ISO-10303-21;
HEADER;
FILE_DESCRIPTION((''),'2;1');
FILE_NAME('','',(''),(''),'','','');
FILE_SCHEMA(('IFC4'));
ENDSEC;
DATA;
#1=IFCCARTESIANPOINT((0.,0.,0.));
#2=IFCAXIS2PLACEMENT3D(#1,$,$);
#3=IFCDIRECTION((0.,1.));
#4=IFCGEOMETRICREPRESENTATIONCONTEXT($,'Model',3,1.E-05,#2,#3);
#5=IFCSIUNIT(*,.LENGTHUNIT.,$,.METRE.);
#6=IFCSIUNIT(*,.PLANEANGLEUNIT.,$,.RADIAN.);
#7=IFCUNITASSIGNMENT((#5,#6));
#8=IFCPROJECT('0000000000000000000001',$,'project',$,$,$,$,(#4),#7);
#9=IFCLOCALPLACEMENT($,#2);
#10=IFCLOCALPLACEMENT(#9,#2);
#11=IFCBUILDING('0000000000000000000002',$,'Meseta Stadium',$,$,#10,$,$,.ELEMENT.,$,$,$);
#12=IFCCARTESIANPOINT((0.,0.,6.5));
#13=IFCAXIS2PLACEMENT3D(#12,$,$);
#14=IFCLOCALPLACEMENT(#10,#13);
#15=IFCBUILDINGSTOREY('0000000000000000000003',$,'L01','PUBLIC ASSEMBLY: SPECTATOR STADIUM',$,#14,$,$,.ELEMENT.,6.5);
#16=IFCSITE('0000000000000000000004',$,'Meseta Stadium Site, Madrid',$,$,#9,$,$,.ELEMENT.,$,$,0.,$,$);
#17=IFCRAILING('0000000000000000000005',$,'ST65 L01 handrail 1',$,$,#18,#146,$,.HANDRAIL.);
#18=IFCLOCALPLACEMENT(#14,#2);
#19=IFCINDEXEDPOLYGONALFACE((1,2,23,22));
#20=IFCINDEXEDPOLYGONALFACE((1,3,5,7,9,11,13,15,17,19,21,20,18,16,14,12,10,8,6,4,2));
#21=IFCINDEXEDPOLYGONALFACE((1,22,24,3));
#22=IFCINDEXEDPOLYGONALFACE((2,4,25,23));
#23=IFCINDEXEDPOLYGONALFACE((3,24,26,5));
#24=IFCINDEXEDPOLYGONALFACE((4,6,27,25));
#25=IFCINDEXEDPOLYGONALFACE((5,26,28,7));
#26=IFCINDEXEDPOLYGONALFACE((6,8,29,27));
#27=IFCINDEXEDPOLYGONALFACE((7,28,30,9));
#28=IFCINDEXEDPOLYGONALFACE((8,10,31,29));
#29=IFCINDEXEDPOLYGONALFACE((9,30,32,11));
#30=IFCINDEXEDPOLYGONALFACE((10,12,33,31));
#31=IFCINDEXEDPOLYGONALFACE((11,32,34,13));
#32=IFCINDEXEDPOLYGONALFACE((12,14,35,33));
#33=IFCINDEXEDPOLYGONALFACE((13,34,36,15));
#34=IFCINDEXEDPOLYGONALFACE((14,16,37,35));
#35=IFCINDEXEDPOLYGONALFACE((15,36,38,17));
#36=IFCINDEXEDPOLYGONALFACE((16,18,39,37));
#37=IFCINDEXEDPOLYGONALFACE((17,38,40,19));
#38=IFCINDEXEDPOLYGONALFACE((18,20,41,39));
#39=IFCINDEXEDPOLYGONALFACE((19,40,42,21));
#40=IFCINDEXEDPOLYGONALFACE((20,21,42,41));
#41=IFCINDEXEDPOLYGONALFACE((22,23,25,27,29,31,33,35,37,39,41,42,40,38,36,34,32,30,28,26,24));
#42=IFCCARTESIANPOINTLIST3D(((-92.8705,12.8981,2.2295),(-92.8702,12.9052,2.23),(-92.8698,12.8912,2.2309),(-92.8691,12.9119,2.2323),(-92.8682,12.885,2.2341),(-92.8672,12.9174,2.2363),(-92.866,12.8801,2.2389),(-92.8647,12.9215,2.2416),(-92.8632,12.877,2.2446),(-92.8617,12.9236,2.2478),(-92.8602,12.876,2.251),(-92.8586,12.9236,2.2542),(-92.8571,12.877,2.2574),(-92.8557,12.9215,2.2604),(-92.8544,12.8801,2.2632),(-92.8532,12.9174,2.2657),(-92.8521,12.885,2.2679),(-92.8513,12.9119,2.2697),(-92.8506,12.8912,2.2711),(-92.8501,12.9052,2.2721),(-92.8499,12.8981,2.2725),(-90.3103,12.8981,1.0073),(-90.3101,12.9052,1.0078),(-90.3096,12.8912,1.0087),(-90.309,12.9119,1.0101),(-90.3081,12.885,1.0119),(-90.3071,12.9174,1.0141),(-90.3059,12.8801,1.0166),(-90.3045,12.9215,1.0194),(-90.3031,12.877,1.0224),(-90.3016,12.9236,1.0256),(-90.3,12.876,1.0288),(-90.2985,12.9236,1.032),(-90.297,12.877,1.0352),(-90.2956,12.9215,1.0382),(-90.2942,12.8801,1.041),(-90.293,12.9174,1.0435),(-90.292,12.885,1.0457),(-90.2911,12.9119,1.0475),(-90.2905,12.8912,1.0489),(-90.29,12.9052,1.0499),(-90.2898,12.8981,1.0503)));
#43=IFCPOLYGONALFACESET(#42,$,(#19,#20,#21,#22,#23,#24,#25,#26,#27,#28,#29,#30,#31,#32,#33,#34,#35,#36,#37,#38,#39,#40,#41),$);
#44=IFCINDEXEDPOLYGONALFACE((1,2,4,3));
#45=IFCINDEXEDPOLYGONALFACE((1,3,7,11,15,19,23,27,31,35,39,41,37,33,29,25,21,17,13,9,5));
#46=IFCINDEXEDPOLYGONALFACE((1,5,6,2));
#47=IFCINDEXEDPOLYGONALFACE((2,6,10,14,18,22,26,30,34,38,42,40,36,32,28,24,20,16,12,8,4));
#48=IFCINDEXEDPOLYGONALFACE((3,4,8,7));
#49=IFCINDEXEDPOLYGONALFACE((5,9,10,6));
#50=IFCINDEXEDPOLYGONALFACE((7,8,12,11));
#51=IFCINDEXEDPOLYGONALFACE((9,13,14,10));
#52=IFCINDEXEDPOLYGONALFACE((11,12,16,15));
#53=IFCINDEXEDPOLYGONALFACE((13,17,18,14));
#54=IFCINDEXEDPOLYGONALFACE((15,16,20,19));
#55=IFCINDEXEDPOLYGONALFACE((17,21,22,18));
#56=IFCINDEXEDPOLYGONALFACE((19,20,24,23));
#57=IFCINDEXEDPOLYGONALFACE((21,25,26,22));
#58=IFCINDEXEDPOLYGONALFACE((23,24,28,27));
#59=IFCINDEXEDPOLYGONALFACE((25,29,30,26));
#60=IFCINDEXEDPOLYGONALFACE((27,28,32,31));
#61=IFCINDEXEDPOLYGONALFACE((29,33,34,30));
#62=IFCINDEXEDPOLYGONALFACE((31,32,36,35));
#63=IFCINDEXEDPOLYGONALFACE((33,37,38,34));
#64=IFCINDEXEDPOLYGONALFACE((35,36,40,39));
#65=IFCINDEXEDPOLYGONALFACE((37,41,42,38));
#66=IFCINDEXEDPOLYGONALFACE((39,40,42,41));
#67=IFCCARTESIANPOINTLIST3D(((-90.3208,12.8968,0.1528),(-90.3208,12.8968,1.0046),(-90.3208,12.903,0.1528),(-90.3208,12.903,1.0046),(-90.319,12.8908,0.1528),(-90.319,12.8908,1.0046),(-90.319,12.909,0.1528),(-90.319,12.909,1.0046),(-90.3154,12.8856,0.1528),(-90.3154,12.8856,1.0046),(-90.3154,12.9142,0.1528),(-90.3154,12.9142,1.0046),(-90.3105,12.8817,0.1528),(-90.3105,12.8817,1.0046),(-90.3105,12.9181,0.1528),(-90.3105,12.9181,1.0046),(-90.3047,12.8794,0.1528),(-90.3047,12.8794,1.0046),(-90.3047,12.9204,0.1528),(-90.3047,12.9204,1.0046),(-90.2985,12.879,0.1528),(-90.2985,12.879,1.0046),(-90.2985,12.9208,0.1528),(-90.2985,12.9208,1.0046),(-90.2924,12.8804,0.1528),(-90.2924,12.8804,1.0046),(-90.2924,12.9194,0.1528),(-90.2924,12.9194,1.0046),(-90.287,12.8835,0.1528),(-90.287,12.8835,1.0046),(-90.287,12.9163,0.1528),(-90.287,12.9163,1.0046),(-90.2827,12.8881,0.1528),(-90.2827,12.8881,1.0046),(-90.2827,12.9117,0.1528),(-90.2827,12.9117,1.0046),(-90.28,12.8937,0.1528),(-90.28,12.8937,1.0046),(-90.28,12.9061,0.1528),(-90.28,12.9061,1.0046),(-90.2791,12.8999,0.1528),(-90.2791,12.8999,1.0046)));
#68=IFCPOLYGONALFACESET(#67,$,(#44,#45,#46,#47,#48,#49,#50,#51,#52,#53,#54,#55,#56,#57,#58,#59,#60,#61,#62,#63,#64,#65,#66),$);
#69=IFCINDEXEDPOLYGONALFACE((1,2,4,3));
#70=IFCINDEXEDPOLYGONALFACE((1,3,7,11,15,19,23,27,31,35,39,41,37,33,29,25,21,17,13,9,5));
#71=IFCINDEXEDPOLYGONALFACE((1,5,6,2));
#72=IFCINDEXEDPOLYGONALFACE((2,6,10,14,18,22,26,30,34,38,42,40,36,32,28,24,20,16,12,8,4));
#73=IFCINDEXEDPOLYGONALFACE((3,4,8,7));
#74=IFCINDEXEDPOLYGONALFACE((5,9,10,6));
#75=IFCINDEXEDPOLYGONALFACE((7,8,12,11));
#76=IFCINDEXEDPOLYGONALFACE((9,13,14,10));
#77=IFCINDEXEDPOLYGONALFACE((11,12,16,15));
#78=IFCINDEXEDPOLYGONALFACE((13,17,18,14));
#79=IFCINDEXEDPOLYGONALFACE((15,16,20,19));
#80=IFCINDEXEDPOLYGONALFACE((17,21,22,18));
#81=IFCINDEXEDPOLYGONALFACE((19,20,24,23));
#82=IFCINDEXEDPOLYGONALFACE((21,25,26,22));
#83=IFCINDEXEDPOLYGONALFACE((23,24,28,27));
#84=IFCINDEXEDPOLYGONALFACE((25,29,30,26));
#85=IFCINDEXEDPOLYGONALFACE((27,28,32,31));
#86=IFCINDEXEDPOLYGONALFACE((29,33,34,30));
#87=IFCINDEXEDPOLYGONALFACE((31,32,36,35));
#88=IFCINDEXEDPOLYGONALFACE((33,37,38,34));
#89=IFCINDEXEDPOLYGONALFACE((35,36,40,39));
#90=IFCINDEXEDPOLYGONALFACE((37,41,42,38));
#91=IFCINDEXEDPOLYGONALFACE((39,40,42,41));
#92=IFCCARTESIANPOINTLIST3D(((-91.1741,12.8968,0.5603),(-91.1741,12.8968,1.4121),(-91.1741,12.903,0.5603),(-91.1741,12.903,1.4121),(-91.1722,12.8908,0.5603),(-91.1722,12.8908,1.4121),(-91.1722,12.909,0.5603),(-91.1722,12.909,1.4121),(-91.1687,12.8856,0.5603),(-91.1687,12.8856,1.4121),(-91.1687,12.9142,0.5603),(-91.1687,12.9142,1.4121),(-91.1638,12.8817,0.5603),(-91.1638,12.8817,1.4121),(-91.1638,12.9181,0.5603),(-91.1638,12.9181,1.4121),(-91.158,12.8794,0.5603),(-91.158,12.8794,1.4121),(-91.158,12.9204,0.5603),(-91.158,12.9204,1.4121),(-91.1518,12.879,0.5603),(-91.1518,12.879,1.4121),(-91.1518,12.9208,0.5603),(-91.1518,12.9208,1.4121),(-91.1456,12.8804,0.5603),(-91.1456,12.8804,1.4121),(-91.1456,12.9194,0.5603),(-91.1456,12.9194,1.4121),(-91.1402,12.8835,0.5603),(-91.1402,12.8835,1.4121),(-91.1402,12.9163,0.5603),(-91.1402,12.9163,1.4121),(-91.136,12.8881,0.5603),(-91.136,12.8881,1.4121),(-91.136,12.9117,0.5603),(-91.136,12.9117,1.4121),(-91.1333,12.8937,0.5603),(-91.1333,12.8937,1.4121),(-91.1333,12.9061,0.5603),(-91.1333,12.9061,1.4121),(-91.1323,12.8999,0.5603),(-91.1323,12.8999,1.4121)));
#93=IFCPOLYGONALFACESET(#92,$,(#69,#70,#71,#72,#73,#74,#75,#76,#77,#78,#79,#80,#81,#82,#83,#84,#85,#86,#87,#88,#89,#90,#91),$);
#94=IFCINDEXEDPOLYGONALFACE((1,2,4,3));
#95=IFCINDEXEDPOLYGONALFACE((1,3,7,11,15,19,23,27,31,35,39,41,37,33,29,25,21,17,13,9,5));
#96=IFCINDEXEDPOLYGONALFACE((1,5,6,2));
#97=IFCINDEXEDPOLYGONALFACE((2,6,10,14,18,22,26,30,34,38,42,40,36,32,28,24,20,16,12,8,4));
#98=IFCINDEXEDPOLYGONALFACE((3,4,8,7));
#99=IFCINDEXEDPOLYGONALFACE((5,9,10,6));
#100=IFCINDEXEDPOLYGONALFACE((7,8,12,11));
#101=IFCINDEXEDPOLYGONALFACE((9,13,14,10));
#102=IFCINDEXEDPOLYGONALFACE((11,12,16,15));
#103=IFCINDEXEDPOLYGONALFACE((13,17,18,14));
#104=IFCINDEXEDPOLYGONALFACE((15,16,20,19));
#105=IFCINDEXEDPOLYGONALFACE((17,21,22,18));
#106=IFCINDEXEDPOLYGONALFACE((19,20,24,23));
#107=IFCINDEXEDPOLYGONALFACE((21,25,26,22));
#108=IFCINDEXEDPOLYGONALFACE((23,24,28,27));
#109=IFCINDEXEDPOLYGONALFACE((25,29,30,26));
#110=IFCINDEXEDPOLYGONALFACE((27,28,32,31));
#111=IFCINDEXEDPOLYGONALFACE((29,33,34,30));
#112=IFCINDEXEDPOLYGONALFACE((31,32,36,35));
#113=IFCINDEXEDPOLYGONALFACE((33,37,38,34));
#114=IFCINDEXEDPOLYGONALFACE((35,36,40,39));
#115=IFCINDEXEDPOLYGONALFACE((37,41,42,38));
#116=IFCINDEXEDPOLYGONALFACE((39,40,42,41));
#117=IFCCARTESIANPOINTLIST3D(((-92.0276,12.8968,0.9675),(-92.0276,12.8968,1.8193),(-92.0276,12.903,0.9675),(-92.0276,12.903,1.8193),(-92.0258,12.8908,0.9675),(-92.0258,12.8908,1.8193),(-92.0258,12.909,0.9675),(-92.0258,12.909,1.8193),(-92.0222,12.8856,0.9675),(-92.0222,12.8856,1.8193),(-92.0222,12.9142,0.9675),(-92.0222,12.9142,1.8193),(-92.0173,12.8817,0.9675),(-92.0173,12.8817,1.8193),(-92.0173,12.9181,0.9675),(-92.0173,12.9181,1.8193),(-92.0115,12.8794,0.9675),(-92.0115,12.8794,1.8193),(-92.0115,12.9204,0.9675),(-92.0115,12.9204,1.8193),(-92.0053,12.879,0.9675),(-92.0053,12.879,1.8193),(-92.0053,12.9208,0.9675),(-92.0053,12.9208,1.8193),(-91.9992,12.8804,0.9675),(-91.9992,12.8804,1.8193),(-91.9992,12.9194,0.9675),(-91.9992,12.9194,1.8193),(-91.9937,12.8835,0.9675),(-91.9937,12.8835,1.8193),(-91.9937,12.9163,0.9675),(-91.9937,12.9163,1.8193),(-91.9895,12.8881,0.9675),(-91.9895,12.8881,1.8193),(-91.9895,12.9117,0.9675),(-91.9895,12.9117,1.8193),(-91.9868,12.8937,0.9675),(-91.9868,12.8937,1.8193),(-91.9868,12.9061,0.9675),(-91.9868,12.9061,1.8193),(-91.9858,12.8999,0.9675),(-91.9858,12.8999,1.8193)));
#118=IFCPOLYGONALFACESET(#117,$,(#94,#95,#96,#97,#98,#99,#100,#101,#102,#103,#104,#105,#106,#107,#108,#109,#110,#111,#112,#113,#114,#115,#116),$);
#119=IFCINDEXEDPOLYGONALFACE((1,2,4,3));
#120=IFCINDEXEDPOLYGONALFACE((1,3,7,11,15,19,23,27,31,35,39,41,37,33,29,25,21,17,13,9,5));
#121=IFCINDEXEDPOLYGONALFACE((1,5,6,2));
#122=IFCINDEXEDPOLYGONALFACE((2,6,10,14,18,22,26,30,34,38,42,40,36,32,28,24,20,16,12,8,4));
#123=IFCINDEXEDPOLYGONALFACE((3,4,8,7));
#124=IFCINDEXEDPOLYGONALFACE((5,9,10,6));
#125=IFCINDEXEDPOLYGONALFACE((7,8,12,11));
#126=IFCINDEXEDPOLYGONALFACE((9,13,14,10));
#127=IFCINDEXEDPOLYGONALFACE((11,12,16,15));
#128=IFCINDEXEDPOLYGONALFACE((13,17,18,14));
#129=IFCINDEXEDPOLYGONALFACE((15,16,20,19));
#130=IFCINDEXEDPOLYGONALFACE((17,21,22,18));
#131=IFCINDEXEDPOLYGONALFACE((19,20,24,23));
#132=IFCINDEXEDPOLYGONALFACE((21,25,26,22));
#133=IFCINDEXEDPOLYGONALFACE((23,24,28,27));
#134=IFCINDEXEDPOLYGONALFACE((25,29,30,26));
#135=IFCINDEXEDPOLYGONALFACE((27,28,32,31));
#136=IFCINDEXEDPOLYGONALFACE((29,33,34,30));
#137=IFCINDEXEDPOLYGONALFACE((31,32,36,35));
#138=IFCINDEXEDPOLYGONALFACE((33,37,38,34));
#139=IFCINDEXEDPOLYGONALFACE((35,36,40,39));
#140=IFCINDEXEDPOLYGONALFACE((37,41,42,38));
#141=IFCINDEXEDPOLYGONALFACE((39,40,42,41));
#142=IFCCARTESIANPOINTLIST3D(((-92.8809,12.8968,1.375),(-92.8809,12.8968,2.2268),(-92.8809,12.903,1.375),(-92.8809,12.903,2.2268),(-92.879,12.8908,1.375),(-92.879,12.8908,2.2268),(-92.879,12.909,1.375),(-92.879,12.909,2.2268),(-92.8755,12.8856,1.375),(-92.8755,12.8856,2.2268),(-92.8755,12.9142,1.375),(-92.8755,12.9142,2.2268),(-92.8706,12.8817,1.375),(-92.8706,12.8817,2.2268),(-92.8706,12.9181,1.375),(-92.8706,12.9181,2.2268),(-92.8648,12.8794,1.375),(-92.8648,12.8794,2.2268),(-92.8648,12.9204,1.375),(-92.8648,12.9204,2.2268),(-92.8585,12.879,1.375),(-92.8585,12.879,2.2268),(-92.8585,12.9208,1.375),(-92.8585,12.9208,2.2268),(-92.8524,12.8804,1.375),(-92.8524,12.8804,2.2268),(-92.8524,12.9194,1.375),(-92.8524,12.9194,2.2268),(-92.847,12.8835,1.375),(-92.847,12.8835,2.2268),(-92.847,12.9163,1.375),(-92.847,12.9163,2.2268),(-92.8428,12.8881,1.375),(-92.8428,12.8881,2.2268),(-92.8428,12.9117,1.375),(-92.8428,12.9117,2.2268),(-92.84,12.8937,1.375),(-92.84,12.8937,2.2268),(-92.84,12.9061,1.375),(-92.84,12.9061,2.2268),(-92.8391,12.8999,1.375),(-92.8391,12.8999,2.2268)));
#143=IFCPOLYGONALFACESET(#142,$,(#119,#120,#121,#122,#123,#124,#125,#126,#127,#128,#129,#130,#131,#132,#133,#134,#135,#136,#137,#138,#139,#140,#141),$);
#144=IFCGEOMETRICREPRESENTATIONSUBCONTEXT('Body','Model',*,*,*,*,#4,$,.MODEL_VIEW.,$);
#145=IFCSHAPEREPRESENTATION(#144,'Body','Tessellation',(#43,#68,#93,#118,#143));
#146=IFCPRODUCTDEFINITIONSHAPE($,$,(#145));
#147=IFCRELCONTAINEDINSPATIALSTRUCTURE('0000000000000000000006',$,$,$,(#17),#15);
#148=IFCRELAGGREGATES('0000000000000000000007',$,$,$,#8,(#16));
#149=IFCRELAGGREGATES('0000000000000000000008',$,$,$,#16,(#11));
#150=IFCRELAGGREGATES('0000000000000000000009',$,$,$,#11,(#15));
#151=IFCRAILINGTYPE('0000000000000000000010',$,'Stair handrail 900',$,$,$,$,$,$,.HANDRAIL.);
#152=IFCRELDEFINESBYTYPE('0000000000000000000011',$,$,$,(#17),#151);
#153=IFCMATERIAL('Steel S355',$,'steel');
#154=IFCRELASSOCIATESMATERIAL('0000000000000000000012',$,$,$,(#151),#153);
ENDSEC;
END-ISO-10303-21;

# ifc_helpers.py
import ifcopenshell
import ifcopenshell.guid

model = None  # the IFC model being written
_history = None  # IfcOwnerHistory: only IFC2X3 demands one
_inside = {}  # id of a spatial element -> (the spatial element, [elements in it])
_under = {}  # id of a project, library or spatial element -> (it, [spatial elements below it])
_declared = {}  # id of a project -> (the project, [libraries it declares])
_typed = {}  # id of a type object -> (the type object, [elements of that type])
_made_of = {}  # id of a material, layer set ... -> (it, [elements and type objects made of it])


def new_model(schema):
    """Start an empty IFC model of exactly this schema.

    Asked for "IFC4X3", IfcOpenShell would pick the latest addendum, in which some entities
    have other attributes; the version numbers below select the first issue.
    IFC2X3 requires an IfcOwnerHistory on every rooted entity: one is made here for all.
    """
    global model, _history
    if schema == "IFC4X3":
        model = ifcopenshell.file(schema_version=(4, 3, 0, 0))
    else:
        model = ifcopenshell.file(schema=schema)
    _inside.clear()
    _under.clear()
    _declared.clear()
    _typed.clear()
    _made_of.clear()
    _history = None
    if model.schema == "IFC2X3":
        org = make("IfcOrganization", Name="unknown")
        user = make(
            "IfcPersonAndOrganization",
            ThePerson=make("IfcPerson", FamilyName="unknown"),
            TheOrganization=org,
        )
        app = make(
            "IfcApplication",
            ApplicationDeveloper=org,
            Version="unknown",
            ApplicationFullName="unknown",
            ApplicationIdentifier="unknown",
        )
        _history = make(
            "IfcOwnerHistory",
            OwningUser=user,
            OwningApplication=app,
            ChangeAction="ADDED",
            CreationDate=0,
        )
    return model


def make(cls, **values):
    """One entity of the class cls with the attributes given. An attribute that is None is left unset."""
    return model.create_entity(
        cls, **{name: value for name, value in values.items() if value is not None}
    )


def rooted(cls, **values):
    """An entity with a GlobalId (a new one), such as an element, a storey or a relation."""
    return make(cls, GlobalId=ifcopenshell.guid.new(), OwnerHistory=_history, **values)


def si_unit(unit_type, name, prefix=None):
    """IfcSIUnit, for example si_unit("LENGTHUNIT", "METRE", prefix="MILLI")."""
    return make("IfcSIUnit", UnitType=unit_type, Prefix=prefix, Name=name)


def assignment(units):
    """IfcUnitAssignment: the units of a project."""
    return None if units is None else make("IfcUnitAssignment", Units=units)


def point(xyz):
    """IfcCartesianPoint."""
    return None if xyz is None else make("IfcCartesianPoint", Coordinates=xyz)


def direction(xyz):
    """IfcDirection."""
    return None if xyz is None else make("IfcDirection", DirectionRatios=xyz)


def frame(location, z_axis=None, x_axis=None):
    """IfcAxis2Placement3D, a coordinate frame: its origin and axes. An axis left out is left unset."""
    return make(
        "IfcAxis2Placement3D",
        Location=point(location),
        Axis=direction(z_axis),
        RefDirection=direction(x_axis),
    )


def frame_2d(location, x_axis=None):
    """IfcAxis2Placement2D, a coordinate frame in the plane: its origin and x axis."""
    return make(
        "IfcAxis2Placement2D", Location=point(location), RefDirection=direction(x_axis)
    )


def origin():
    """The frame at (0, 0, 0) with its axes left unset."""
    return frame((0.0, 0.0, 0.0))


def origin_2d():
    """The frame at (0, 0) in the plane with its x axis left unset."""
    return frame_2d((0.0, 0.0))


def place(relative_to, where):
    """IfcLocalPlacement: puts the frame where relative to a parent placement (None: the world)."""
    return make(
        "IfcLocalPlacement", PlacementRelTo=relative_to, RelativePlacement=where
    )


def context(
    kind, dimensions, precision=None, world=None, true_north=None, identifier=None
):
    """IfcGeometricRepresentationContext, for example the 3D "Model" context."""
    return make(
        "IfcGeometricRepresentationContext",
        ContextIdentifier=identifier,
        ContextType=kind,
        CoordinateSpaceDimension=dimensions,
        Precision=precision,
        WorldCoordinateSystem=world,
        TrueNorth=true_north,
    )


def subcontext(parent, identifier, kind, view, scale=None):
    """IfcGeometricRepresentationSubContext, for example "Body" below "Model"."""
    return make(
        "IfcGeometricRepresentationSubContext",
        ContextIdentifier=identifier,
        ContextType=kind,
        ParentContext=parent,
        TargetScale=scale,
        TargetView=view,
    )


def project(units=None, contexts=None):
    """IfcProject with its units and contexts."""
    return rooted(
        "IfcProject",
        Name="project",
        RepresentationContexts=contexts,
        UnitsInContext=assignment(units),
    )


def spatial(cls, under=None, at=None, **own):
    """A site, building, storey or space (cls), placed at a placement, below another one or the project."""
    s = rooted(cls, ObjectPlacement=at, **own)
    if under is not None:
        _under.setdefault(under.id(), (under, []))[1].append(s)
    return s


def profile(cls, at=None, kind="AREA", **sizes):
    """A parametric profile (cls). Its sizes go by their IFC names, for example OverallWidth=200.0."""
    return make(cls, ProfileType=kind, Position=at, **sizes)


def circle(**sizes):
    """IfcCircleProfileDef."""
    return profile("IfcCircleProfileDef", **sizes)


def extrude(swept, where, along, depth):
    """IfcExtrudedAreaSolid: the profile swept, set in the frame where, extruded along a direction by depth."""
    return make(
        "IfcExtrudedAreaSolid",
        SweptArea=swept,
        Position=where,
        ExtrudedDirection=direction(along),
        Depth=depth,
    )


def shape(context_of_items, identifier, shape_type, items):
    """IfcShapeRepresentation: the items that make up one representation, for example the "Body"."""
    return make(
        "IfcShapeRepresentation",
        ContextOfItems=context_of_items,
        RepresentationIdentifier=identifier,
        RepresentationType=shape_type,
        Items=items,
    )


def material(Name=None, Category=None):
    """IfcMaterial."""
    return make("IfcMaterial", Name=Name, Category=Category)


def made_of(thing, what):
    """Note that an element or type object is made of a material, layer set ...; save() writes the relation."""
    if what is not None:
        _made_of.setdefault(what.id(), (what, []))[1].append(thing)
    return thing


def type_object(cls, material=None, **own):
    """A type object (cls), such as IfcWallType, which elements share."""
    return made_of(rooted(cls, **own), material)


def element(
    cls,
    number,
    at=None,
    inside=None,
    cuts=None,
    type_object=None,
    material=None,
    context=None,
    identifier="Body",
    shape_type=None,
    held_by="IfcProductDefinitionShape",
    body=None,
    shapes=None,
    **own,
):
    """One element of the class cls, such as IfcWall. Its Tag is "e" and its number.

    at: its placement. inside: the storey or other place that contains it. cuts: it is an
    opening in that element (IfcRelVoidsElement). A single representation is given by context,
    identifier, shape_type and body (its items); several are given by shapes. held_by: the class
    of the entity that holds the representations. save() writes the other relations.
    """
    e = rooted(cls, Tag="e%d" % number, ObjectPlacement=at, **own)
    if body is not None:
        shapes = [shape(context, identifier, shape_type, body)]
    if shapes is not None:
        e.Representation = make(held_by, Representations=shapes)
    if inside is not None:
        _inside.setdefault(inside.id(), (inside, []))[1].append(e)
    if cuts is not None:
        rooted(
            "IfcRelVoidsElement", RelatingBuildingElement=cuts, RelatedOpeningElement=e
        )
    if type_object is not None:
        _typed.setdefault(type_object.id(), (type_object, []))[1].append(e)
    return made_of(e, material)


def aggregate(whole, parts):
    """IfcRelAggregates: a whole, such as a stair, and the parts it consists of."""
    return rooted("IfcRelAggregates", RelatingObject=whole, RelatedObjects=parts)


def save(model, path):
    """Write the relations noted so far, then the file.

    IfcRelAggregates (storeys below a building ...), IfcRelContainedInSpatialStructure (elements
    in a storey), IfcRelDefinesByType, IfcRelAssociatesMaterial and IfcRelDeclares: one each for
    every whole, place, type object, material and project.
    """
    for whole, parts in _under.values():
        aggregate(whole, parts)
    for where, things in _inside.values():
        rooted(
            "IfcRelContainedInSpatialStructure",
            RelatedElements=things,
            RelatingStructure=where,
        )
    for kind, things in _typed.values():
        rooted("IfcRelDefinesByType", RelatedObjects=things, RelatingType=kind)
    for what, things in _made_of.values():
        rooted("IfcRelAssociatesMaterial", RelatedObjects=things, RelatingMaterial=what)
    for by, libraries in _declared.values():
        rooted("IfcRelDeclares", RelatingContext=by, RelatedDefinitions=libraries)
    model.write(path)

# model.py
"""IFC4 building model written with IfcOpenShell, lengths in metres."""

from ifc_helpers import new_model, si_unit, direction, frame, origin, origin_2d, place, context, subcontext, project, spatial, circle, extrude, material, type_object, element, save


model = new_model("IFC4")

# Units and contexts
model_context = context("Model", 3, precision=1e-05, world=origin(), true_north=direction((0.0, 1.0)))
body_context = subcontext(model_context, "Body", "Model", "MODEL_VIEW")
ifc_project = project(units=[si_unit("LENGTHUNIT", "METRE"), si_unit("PLANEANGLEUNIT", "RADIAN")], contexts=[model_context])

# Site, building, storey
site_placement = place(None, origin())
site = spatial("IfcSite", under=ifc_project, at=site_placement, Name="Meseta Stadium Site, Madrid", CompositionType="ELEMENT", RefElevation=0.0)
building_placement = place(site_placement, origin())
building = spatial("IfcBuilding", under=site, at=building_placement, Name="Meseta Stadium", CompositionType="ELEMENT")
storey_placement = place(building_placement, frame((0.0, 0.0, 6.5)))
storey = spatial("IfcBuildingStorey", under=building, at=storey_placement, Name="L01", Description="PUBLIC ASSEMBLY: SPECTATOR STADIUM", CompositionType="ELEMENT", Elevation=6.5)

# Railing
ifc_material_1 = material(Name="Steel S355", Category="steel")
railing_type = type_object("IfcRailingType", Name="Stair handrail 900", PredefinedType="HANDRAIL", material=ifc_material_1)
for number, where, name in (
    (1, (-90.3, 12.8999, 0.1528), "ST65 L01 handrail 1"),
):
    element("IfcRailing", number, at=place(storey_placement, frame(where)), inside=storey, type_object=railing_type, Name=name, PredefinedType="HANDRAIL", context=body_context, shape_type="SweptSolid", body=[
        extrude(circle(Radius=0.0239, at=origin_2d()), frame((0.0, 0.0, 0.876), z_axis=(-0.902437, 0.0, 0.430822), x_axis=(0.0, -1.0, 0.0)), (0.0, 0.0, 1.0), 2.8369),
        extrude(circle(Radius=0.021, at=origin_2d()), origin(), (0.0, 0.0, 1.0), 0.8518),
        extrude(circle(Radius=0.021, at=origin_2d()), frame((-0.8533, 0.0, 0.4075)), (0.0, 0.0, 1.0), 0.8518),
        extrude(circle(Radius=0.021, at=origin_2d()), frame((-1.7068, 0.0, 0.8147)), (0.0, 0.0, 1.0), 0.8518),
        extrude(circle(Radius=0.021, at=origin_2d()), frame((-2.5601, 0.0, 1.2222)), (0.0, 0.0, 1.0), 0.8518),
    ])

save(model, "model.ifc")
